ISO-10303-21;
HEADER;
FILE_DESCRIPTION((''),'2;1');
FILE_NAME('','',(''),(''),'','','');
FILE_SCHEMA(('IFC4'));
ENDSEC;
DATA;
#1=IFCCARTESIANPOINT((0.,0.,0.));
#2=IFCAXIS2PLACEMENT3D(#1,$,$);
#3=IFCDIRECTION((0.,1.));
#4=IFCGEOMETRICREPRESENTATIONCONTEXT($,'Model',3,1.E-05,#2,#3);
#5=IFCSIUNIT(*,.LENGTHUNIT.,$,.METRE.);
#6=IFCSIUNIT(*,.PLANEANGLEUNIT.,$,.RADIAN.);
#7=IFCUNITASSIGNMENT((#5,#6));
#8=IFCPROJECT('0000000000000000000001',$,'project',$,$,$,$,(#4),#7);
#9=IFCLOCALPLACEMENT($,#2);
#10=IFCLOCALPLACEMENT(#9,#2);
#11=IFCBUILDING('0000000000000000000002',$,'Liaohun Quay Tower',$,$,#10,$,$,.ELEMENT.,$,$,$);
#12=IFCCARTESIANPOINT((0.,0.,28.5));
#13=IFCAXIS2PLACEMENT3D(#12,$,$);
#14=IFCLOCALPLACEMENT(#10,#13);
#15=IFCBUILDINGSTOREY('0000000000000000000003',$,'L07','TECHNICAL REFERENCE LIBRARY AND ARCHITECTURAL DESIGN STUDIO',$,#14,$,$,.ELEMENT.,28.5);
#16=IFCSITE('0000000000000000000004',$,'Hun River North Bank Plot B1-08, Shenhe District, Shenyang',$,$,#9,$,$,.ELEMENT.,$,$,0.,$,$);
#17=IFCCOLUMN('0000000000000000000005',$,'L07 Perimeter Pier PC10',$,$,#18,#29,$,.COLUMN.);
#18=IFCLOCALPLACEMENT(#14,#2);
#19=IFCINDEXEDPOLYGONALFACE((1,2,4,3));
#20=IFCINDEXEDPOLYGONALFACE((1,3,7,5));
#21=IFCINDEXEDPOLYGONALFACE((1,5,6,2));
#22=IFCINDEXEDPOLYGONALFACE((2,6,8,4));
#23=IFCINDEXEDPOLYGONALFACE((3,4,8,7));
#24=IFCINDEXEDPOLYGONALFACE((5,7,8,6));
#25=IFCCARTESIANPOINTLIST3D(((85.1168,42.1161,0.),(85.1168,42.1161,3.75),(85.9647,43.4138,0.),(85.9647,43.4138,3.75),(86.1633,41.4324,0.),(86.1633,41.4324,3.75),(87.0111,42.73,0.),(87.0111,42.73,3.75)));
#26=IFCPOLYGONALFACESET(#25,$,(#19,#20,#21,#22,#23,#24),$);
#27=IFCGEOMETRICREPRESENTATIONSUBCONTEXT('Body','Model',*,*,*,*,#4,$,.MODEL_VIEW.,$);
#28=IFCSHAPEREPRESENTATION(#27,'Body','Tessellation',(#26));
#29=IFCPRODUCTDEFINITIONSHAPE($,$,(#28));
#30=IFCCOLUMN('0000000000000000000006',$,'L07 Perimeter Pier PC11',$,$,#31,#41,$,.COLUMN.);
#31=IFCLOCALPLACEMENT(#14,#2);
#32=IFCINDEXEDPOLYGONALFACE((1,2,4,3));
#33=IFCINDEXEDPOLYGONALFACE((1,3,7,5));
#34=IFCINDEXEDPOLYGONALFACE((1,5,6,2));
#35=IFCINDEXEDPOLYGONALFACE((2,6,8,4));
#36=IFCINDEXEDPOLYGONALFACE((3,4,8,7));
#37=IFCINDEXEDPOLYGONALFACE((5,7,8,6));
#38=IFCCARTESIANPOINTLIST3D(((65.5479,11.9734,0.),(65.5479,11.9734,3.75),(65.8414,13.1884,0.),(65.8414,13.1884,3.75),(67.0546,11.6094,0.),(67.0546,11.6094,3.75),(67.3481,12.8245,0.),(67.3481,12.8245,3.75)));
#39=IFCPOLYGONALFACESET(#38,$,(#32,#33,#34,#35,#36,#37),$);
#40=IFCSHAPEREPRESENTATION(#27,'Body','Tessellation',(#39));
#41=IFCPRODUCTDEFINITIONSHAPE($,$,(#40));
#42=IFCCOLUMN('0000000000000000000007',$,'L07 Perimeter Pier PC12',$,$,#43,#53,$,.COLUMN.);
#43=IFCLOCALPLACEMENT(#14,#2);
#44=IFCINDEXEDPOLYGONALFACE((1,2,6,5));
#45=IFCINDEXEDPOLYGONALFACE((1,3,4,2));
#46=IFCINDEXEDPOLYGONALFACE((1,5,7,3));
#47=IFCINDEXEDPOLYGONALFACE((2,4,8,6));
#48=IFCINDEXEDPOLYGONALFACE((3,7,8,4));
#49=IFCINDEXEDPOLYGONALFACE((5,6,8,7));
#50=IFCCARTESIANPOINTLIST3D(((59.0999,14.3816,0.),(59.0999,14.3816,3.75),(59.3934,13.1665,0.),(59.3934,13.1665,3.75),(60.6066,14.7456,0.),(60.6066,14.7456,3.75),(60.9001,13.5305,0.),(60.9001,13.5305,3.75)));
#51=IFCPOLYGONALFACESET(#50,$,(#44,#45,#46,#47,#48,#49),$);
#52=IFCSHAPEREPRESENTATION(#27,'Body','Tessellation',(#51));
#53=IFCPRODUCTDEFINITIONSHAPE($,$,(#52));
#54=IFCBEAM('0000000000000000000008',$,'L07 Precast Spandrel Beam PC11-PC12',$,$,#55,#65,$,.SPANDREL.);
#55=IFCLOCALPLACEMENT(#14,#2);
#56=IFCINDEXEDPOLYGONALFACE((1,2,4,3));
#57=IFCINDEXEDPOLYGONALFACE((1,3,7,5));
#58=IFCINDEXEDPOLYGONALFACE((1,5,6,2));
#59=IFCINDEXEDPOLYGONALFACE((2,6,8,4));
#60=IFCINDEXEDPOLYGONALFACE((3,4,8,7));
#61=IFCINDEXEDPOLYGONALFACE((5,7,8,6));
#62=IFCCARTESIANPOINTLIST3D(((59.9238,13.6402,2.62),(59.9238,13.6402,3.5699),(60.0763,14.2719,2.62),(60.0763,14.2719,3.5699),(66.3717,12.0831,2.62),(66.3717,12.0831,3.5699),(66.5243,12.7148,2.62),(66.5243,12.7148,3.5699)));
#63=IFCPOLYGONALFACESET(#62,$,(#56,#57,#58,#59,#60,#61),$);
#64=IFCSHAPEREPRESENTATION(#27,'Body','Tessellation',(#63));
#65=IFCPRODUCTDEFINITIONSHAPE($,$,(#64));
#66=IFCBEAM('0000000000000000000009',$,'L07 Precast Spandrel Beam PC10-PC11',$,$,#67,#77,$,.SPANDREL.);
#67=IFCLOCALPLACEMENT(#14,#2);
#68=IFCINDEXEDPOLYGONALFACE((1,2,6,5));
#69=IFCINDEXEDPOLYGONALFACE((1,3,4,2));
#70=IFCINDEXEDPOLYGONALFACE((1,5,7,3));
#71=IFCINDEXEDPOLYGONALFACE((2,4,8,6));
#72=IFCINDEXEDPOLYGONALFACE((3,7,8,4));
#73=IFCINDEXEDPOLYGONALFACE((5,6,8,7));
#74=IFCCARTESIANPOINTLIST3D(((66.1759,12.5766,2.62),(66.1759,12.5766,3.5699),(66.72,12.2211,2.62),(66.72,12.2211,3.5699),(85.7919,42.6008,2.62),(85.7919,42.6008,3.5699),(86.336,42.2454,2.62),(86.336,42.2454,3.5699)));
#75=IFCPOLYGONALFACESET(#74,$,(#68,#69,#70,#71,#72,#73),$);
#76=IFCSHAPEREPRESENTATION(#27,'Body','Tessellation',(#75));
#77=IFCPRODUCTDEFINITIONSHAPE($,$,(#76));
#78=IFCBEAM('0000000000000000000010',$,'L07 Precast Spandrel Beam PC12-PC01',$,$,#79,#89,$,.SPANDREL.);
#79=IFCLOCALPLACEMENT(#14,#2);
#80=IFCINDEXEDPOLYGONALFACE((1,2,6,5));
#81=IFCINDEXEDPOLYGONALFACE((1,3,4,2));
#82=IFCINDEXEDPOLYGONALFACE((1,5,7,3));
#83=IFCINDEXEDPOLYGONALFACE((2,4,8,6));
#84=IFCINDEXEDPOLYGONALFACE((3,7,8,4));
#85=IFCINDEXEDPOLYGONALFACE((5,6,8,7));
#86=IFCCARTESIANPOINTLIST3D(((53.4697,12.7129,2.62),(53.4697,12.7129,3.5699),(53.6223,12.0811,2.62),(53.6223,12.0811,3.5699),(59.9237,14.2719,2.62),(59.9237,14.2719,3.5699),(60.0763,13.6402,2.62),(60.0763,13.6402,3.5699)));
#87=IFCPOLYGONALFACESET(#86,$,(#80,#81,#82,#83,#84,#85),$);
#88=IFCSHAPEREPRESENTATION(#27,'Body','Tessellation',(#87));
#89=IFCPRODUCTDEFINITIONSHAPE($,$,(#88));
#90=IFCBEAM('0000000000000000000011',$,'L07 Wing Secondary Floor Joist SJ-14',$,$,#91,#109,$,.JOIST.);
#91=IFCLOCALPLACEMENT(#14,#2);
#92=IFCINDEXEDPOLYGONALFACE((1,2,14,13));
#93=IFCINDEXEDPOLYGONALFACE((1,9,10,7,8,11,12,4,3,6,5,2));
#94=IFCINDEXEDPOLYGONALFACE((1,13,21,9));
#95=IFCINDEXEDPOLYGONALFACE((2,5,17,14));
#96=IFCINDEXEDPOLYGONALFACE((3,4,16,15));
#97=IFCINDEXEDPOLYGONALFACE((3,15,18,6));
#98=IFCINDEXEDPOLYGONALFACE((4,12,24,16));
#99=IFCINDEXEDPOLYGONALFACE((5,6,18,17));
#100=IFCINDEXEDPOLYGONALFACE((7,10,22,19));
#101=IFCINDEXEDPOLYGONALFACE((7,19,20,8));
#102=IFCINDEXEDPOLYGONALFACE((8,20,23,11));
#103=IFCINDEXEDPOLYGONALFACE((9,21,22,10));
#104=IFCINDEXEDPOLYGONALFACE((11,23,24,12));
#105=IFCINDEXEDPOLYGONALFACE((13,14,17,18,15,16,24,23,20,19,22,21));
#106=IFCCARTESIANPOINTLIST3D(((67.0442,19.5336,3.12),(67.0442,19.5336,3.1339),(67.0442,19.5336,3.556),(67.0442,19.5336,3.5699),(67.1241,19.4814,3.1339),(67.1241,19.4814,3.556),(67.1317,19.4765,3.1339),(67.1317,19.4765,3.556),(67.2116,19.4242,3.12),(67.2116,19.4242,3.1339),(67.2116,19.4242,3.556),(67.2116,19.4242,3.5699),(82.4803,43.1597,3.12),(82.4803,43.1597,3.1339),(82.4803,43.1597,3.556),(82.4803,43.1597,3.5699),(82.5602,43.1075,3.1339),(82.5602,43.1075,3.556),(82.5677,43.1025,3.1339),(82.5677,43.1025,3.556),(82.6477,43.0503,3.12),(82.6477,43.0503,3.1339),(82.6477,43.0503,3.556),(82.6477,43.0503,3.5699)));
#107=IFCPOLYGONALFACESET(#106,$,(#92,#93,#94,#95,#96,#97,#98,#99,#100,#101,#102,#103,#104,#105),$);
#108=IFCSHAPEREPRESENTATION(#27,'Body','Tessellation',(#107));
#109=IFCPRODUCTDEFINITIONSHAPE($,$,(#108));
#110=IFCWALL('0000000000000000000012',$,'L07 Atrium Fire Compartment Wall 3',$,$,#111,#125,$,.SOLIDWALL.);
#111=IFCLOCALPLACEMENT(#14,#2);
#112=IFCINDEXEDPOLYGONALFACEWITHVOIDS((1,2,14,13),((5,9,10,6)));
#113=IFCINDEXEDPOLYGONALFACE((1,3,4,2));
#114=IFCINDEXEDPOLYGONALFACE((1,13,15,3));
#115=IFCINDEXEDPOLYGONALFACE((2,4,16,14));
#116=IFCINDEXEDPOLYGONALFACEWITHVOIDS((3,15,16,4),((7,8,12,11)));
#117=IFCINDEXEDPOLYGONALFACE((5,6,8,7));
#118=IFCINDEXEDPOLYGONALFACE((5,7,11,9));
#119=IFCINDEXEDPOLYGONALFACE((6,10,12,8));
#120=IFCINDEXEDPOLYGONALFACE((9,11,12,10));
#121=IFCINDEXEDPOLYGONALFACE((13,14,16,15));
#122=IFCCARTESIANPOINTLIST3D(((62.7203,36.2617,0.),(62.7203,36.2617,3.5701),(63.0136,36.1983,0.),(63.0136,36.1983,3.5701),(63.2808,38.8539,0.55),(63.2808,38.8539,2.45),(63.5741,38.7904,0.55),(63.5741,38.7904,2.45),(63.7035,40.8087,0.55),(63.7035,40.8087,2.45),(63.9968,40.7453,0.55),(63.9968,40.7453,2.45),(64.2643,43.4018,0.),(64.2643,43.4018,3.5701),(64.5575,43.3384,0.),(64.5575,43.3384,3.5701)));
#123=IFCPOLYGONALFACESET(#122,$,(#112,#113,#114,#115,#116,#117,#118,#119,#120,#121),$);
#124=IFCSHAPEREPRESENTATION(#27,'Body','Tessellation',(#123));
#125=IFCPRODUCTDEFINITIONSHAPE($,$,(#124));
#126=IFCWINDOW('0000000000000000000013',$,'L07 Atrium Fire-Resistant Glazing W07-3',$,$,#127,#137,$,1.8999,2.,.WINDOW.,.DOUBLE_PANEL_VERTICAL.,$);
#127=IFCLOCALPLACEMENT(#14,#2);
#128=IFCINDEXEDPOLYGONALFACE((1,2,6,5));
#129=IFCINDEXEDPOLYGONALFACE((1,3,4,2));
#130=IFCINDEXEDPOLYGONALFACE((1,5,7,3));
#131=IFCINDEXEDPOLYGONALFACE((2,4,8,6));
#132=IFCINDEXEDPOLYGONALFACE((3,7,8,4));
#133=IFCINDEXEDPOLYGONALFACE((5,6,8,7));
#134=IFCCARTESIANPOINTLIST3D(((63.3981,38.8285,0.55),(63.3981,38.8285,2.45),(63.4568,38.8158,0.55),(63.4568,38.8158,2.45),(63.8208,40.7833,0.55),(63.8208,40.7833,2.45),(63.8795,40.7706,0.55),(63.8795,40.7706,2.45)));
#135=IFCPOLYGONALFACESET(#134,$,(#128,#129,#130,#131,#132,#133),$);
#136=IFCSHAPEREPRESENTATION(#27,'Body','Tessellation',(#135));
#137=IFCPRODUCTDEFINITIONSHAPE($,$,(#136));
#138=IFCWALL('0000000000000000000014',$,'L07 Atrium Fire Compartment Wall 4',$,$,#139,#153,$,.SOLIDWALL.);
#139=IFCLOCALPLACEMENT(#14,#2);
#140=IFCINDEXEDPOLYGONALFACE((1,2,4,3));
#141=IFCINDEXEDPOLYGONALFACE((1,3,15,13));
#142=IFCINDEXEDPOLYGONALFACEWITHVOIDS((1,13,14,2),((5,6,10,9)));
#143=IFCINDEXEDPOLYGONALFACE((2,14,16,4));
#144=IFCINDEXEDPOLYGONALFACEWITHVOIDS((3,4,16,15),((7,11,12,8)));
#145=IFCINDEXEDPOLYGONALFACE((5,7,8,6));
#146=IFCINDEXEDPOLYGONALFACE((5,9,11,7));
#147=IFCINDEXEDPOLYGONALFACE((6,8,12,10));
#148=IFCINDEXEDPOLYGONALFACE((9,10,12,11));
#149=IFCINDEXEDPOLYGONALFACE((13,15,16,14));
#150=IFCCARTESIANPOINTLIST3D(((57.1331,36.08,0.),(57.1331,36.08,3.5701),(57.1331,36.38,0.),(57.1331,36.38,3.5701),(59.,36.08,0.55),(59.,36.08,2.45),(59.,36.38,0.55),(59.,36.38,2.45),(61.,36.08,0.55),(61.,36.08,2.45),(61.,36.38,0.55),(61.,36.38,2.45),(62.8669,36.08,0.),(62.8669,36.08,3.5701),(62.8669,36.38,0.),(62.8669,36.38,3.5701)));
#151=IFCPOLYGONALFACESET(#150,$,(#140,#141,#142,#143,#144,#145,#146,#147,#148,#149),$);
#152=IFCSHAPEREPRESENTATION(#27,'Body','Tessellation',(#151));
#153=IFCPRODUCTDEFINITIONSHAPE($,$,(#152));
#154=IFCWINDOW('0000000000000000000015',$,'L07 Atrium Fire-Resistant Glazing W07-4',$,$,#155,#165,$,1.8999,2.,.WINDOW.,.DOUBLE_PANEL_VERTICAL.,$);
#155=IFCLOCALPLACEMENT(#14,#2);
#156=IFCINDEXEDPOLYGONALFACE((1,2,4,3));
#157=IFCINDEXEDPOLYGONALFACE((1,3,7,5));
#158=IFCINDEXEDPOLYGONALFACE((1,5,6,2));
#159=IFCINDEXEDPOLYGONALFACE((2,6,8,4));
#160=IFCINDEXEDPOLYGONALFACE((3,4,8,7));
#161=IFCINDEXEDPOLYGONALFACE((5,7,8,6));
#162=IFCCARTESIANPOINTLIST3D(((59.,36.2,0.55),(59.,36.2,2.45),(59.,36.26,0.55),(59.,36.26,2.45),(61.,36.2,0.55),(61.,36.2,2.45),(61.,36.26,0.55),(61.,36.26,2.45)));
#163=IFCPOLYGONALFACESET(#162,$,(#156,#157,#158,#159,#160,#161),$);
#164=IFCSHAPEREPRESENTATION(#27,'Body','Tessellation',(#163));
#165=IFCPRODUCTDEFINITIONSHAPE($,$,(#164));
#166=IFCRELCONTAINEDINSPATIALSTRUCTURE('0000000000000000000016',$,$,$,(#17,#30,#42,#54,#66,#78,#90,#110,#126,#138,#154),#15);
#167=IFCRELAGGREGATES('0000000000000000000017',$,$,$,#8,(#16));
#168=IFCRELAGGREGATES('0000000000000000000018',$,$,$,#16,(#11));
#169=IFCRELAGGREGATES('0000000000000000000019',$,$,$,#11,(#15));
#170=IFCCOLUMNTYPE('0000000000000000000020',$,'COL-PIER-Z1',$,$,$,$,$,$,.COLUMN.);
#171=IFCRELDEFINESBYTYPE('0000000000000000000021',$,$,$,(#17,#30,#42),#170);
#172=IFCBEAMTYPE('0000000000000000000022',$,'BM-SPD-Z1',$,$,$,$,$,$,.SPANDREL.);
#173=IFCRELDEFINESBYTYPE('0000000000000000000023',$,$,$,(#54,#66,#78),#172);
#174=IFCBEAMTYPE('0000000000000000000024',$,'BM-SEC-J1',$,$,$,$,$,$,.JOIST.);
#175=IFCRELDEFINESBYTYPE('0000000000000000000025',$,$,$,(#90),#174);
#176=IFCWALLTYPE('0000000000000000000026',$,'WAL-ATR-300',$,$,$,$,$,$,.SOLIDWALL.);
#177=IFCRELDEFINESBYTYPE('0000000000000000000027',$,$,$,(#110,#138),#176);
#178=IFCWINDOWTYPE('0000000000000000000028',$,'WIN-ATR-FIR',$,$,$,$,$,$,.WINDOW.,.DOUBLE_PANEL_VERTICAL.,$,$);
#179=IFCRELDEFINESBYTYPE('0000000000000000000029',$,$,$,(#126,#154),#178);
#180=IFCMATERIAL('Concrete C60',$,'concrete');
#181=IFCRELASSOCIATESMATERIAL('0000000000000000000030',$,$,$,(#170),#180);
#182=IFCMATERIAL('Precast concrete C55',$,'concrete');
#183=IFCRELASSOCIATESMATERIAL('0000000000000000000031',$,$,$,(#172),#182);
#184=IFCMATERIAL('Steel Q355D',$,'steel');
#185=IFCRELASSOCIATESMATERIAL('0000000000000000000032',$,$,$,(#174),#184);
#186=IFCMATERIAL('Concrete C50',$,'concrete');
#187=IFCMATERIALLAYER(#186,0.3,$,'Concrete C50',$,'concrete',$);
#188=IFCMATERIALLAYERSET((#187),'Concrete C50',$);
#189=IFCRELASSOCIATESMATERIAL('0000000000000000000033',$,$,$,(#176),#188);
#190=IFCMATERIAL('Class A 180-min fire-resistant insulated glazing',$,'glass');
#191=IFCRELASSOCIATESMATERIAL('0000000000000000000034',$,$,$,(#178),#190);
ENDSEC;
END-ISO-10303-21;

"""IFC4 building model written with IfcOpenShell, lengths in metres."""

from ifc_helpers import new_model, si_unit, direction, frame, frame_2d, origin, origin_2d, place, context, subcontext, project, spatial, rectangle, i_section, extrude, source, transform, mapped, material, layer, layer_set, material_profile, profile_set, type_object, element, fill, save


model = new_model("IFC4")

# Units and contexts
model_context = context("Model", 3, precision=1e-05, world=origin(), true_north=direction((0.0, 1.0)))
body_context = subcontext(model_context, "Body", "Model", "MODEL_VIEW")
ifc_project = project(units=[si_unit("LENGTHUNIT", "METRE"), si_unit("PLANEANGLEUNIT", "RADIAN")], contexts=[model_context])

# Site, building, storey
site_placement = place(None, origin())
site = spatial("IfcSite", under=ifc_project, at=site_placement, Name="Hun River North Bank Plot B1-08, Shenhe District, Shenyang", CompositionType="ELEMENT", RefElevation=0.0)
building_placement = place(site_placement, origin())
building = spatial("IfcBuilding", under=site, at=building_placement, Name="Liaohun Quay Tower", CompositionType="ELEMENT")
storey_placement = place(building_placement, frame((0.0, 0.0, 28.5)))
storey = spatial("IfcBuildingStorey", under=building, at=storey_placement, Name="L07", Description="TECHNICAL REFERENCE LIBRARY AND ARCHITECTURAL DESIGN STUDIO", CompositionType="ELEMENT", Elevation=28.5)

# Columns
ifc_material_1 = material(Name="Concrete C60", Category="concrete")
ifc_material_profile_1 = material_profile(ifc_material_1, rectangle(XDim=1.55, YDim=1.25, at=origin_2d()), Name="RC1550x1250")
ifc_profile_set_1 = profile_set([ifc_material_profile_1], Name="Concrete C60")
column_type = type_object("IfcColumnType", Name="COL-PIER-Z1", PredefinedType="COLUMN", material=ifc_profile_set_1)
shared_shape_1 = source(origin(), body_context, "Body", "SweptSolid", [
    extrude(rectangle(XDim=1.55, YDim=1.25, at=origin_2d()), origin(), (0.0, 0.0, 1.0), 3.75),
])
for number, where, z_axis, x_axis, name in (
    (1, (86.064, 42.4231, 0.0), (0.0, 0.0, 1.0), (0.546979, 0.837146, 0.0), "L07 Perimeter Pier PC10"),
    (2, (66.448, 12.3989, 0.0), (0.0, 0.0, 1.0), (-0.972043, 0.234803, 0.0), "L07 Perimeter Pier PC11"),
    (3, (60.0, 13.9561, 0.0), (0.0, 0.0, 1.0), (0.972043, 0.234803, 0.0), "L07 Perimeter Pier PC12"),
):
    element("IfcColumn", number, at=place(storey_placement, frame(where, z_axis=z_axis, x_axis=x_axis)), inside=storey, type_object=column_type, Name=name, PredefinedType="COLUMN", context=body_context, shape_type="MappedRepresentation", body=[
        mapped(shared_shape_1, transform((0.0, 0.0, 0.0), x_axis=(1.0, 0.0, 0.0), y_axis=(0.0, 1.0, 0.0), z_axis=(0.0, 0.0, 1.0), scale=1.0)),
    ])

# Beams
ifc_material_2 = material(Name="Precast concrete C55", Category="concrete")
ifc_material_profile_2 = material_profile(ifc_material_2, rectangle(XDim=0.6499, YDim=0.95, at=origin_2d()), Name="RC650x950")
ifc_profile_set_2 = profile_set([ifc_material_profile_2], Name="Precast concrete C55")
beam_type_1 = type_object("IfcBeamType", Name="BM-SPD-Z1", PredefinedType="SPANDREL", material=ifc_profile_set_2)
shared_shape_2 = source(origin(), body_context, "Body", "SweptSolid", [
    extrude(rectangle(XDim=0.6499, YDim=0.95, at=origin_2d()), origin(), (0.0, 0.0, 1.0), 6.6333),
])
beam_1_placement = place(storey_placement, frame((66.448, 12.3989, 3.095), z_axis=(-0.972058, 0.234742, 0.0), x_axis=(-0.234742, -0.972058, 0.0)))
element("IfcBeam", 4, at=beam_1_placement, inside=storey, type_object=beam_type_1, Name="L07 Precast Spandrel Beam PC11-PC12", PredefinedType="SPANDREL", context=body_context, shape_type="MappedRepresentation", body=[
    mapped(shared_shape_2, transform((0.0, 0.0, 0.0), x_axis=(1.0, 0.0, 0.0), y_axis=(0.0, 1.0, 0.0), z_axis=(0.0, 0.0, 1.0), scale=1.0)),
])
shared_shape_3 = source(origin(), body_context, "Body", "SweptSolid", [
    extrude(rectangle(XDim=0.6499, YDim=0.95, at=origin_2d()), origin(), (0.0, 0.0, 1.0), 35.8643),
])
beam_2_placement = place(storey_placement, frame((86.064, 42.4231, 3.095), z_axis=(-0.546952, -0.837164, 0.0), x_axis=(0.837164, -0.546952, 0.0)))
element("IfcBeam", 5, at=beam_2_placement, inside=storey, type_object=beam_type_1, Name="L07 Precast Spandrel Beam PC10-PC11", PredefinedType="SPANDREL", context=body_context, shape_type="MappedRepresentation", body=[
    mapped(shared_shape_3, transform((0.0, 0.0, 0.0), x_axis=(1.0, 0.0, 0.0), y_axis=(0.0, 1.0, 0.0), z_axis=(0.0, 0.0, 1.0), scale=1.0)),
])
shared_shape_4 = source(origin(), body_context, "Body", "SweptSolid", [
    extrude(rectangle(XDim=0.6499, YDim=0.95, at=origin_2d()), origin(), (0.0, 0.0, 1.0), 6.6396),
])
beam_3_placement = place(storey_placement, frame((60.0, 13.9561, 3.095), z_axis=(-0.972041, -0.234811, 0.0), x_axis=(0.234811, -0.972041, 0.0)))
element("IfcBeam", 6, at=beam_3_placement, inside=storey, type_object=beam_type_1, Name="L07 Precast Spandrel Beam PC12-PC01", PredefinedType="SPANDREL", context=body_context, shape_type="MappedRepresentation", body=[
    mapped(shared_shape_4, transform((0.0, 0.0, 0.0), x_axis=(1.0, 0.0, 0.0), y_axis=(0.0, 1.0, 0.0), z_axis=(0.0, 0.0, 1.0), scale=1.0)),
])
ifc_material_3 = material(Name="Steel Q355D", Category="steel")
ifc_material_profile_3 = material_profile(ifc_material_3, i_section(OverallWidth=0.2, OverallDepth=0.45, WebThickness=0.009, FlangeThickness=0.0139, at=origin_2d()), Name="HN450x200x9x14")
ifc_profile_set_3 = profile_set([ifc_material_profile_3], Name="Steel Q355D")
beam_type_2 = type_object("IfcBeamType", Name="BM-SEC-J1", PredefinedType="JOIST", material=ifc_profile_set_3)
shared_shape_5 = source(origin(), body_context, "Body", "SweptSolid", [
    extrude(i_section(OverallWidth=0.2, OverallDepth=0.45, WebThickness=0.009, FlangeThickness=0.0139, at=origin_2d()), origin(), (0.0, 0.0, 1.0), 28.2217),
])
beam_4_placement = place(storey_placement, frame((82.564, 43.105, 3.345), z_axis=(-0.546958, -0.83716, 0.0), x_axis=(0.83716, -0.546958, 0.0)))
element("IfcBeam", 7, at=beam_4_placement, inside=storey, type_object=beam_type_2, Name="L07 Wing Secondary Floor Joist SJ-14", PredefinedType="JOIST", context=body_context, shape_type="MappedRepresentation", body=[
    mapped(shared_shape_5, transform((0.0, 0.0, 0.0), x_axis=(1.0, 0.0, 0.0), y_axis=(0.0, 1.0, 0.0), z_axis=(0.0, 0.0, 1.0), scale=1.0)),
])

# Walls, openings, windows
ifc_material_4 = material(Name="Concrete C50", Category="concrete")
ifc_layer_1 = layer(ifc_material_4, 0.3, Name="Concrete C50", Category="concrete")
ifc_layer_set_1 = layer_set([ifc_layer_1], Name="Concrete C50")
wall_type_1 = type_object("IfcWallType", Name="WAL-ATR-300", PredefinedType="SOLIDWALL", material=ifc_layer_set_1)
wall_1_placement = place(storey_placement, frame((64.4109, 43.3701, 0.0), z_axis=(0.0, 0.0, 1.0), x_axis=(-0.21135, -0.97741, 0.0)))
wall_1 = element("IfcWall", 8, at=wall_1_placement, inside=storey, type_object=wall_type_1, Name="L07 Atrium Fire Compartment Wall 3", PredefinedType="SOLIDWALL", context=body_context, shape_type="SweptSolid", body=[
    extrude(rectangle(XDim=7.3052, YDim=0.3, at=frame_2d((3.6526, 0.0))), origin(), (0.0, 0.0, 1.0), 3.5701),
])
shared_shape_6 = source(origin(), body_context, "Body", "SweptSolid", [
    extrude(rectangle(XDim=2.0, YDim=1.8999, at=frame_2d((1.0, 0.95))), frame((0.0, 0.1599, 0.0), z_axis=(0.0, -1.0, 0.0), x_axis=(1.0, 0.0, 0.0)), (0.0, 0.0, 1.0), 0.3201),
])
opening_1_placement = place(wall_1_placement, frame((2.6531, 0.0, 0.55)))
opening_1 = element("IfcOpeningElement", 9, at=opening_1_placement, cuts=wall_1, PredefinedType="OPENING", context=body_context, shape_type="MappedRepresentation", body=[
    mapped(shared_shape_6, transform((0.0, 0.0, 0.0), x_axis=(1.0, 0.0, 0.0), y_axis=(0.0, 1.0, 0.0), z_axis=(0.0, 0.0, 1.0), scale=1.0)),
])
ifc_material_5 = material(Name="Class A 180-min fire-resistant insulated glazing", Category="glass")
window_type_1 = type_object("IfcWindowType", Name="WIN-ATR-FIR", PartitioningType="DOUBLE_PANEL_VERTICAL", PredefinedType="WINDOW", material=ifc_material_5)
shared_shape_7 = source(origin(), body_context, "Body", "SweptSolid", [
    extrude(rectangle(XDim=2.0, YDim=1.8999, at=frame_2d((1.0, 0.95))), frame((0.0, 0.03, 0.0), z_axis=(0.0, -1.0, 0.0), x_axis=(1.0, 0.0, 0.0)), (0.0, 0.0, 1.0), 0.0601),
])
window_1_placement = place(opening_1_placement, origin())
window_1 = element("IfcWindow", 10, at=window_1_placement, inside=storey, type_object=window_type_1, Name="L07 Atrium Fire-Resistant Glazing W07-3", OverallHeight=1.8999, OverallWidth=2.0, PartitioningType="DOUBLE_PANEL_VERTICAL", PredefinedType="WINDOW", context=body_context, shape_type="MappedRepresentation", body=[
    mapped(shared_shape_7, transform((0.0, 0.0, 0.0), x_axis=(1.0, 0.0, 0.0), y_axis=(0.0, 1.0, 0.0), z_axis=(0.0, 0.0, 1.0), scale=1.0)),
])
fill(opening_1, window_1)
wall_2_placement = place(storey_placement, frame((62.8669, 36.23, 0.0), z_axis=(0.0, 0.0, 1.0), x_axis=(-1.0, 0.0, 0.0)))
wall_2 = element("IfcWall", 11, at=wall_2_placement, inside=storey, type_object=wall_type_1, Name="L07 Atrium Fire Compartment Wall 4", PredefinedType="SOLIDWALL", context=body_context, shape_type="SweptSolid", body=[
    extrude(rectangle(XDim=5.7339, YDim=0.3, at=frame_2d((2.8669, 0.0))), origin(), (0.0, 0.0, 1.0), 3.5701),
])
opening_2_placement = place(wall_2_placement, frame((1.8669, 0.0, 0.55)))
opening_2 = element("IfcOpeningElement", 12, at=opening_2_placement, cuts=wall_2, PredefinedType="OPENING", context=body_context, shape_type="MappedRepresentation", body=[
    mapped(shared_shape_6, transform((0.0, 0.0, 0.0), x_axis=(1.0, 0.0, 0.0), y_axis=(0.0, 1.0, 0.0), z_axis=(0.0, 0.0, 1.0), scale=1.0)),
])
window_2_placement = place(opening_2_placement, origin())
window_2 = element("IfcWindow", 13, at=window_2_placement, inside=storey, type_object=window_type_1, Name="L07 Atrium Fire-Resistant Glazing W07-4", OverallHeight=1.8999, OverallWidth=2.0, PartitioningType="DOUBLE_PANEL_VERTICAL", PredefinedType="WINDOW", context=body_context, shape_type="MappedRepresentation", body=[
    mapped(shared_shape_7, transform((0.0, 0.0, 0.0), x_axis=(1.0, 0.0, 0.0), y_axis=(0.0, 1.0, 0.0), z_axis=(0.0, 0.0, 1.0), scale=1.0)),
])
fill(opening_2, window_2)

save(model, "model.ifc")
